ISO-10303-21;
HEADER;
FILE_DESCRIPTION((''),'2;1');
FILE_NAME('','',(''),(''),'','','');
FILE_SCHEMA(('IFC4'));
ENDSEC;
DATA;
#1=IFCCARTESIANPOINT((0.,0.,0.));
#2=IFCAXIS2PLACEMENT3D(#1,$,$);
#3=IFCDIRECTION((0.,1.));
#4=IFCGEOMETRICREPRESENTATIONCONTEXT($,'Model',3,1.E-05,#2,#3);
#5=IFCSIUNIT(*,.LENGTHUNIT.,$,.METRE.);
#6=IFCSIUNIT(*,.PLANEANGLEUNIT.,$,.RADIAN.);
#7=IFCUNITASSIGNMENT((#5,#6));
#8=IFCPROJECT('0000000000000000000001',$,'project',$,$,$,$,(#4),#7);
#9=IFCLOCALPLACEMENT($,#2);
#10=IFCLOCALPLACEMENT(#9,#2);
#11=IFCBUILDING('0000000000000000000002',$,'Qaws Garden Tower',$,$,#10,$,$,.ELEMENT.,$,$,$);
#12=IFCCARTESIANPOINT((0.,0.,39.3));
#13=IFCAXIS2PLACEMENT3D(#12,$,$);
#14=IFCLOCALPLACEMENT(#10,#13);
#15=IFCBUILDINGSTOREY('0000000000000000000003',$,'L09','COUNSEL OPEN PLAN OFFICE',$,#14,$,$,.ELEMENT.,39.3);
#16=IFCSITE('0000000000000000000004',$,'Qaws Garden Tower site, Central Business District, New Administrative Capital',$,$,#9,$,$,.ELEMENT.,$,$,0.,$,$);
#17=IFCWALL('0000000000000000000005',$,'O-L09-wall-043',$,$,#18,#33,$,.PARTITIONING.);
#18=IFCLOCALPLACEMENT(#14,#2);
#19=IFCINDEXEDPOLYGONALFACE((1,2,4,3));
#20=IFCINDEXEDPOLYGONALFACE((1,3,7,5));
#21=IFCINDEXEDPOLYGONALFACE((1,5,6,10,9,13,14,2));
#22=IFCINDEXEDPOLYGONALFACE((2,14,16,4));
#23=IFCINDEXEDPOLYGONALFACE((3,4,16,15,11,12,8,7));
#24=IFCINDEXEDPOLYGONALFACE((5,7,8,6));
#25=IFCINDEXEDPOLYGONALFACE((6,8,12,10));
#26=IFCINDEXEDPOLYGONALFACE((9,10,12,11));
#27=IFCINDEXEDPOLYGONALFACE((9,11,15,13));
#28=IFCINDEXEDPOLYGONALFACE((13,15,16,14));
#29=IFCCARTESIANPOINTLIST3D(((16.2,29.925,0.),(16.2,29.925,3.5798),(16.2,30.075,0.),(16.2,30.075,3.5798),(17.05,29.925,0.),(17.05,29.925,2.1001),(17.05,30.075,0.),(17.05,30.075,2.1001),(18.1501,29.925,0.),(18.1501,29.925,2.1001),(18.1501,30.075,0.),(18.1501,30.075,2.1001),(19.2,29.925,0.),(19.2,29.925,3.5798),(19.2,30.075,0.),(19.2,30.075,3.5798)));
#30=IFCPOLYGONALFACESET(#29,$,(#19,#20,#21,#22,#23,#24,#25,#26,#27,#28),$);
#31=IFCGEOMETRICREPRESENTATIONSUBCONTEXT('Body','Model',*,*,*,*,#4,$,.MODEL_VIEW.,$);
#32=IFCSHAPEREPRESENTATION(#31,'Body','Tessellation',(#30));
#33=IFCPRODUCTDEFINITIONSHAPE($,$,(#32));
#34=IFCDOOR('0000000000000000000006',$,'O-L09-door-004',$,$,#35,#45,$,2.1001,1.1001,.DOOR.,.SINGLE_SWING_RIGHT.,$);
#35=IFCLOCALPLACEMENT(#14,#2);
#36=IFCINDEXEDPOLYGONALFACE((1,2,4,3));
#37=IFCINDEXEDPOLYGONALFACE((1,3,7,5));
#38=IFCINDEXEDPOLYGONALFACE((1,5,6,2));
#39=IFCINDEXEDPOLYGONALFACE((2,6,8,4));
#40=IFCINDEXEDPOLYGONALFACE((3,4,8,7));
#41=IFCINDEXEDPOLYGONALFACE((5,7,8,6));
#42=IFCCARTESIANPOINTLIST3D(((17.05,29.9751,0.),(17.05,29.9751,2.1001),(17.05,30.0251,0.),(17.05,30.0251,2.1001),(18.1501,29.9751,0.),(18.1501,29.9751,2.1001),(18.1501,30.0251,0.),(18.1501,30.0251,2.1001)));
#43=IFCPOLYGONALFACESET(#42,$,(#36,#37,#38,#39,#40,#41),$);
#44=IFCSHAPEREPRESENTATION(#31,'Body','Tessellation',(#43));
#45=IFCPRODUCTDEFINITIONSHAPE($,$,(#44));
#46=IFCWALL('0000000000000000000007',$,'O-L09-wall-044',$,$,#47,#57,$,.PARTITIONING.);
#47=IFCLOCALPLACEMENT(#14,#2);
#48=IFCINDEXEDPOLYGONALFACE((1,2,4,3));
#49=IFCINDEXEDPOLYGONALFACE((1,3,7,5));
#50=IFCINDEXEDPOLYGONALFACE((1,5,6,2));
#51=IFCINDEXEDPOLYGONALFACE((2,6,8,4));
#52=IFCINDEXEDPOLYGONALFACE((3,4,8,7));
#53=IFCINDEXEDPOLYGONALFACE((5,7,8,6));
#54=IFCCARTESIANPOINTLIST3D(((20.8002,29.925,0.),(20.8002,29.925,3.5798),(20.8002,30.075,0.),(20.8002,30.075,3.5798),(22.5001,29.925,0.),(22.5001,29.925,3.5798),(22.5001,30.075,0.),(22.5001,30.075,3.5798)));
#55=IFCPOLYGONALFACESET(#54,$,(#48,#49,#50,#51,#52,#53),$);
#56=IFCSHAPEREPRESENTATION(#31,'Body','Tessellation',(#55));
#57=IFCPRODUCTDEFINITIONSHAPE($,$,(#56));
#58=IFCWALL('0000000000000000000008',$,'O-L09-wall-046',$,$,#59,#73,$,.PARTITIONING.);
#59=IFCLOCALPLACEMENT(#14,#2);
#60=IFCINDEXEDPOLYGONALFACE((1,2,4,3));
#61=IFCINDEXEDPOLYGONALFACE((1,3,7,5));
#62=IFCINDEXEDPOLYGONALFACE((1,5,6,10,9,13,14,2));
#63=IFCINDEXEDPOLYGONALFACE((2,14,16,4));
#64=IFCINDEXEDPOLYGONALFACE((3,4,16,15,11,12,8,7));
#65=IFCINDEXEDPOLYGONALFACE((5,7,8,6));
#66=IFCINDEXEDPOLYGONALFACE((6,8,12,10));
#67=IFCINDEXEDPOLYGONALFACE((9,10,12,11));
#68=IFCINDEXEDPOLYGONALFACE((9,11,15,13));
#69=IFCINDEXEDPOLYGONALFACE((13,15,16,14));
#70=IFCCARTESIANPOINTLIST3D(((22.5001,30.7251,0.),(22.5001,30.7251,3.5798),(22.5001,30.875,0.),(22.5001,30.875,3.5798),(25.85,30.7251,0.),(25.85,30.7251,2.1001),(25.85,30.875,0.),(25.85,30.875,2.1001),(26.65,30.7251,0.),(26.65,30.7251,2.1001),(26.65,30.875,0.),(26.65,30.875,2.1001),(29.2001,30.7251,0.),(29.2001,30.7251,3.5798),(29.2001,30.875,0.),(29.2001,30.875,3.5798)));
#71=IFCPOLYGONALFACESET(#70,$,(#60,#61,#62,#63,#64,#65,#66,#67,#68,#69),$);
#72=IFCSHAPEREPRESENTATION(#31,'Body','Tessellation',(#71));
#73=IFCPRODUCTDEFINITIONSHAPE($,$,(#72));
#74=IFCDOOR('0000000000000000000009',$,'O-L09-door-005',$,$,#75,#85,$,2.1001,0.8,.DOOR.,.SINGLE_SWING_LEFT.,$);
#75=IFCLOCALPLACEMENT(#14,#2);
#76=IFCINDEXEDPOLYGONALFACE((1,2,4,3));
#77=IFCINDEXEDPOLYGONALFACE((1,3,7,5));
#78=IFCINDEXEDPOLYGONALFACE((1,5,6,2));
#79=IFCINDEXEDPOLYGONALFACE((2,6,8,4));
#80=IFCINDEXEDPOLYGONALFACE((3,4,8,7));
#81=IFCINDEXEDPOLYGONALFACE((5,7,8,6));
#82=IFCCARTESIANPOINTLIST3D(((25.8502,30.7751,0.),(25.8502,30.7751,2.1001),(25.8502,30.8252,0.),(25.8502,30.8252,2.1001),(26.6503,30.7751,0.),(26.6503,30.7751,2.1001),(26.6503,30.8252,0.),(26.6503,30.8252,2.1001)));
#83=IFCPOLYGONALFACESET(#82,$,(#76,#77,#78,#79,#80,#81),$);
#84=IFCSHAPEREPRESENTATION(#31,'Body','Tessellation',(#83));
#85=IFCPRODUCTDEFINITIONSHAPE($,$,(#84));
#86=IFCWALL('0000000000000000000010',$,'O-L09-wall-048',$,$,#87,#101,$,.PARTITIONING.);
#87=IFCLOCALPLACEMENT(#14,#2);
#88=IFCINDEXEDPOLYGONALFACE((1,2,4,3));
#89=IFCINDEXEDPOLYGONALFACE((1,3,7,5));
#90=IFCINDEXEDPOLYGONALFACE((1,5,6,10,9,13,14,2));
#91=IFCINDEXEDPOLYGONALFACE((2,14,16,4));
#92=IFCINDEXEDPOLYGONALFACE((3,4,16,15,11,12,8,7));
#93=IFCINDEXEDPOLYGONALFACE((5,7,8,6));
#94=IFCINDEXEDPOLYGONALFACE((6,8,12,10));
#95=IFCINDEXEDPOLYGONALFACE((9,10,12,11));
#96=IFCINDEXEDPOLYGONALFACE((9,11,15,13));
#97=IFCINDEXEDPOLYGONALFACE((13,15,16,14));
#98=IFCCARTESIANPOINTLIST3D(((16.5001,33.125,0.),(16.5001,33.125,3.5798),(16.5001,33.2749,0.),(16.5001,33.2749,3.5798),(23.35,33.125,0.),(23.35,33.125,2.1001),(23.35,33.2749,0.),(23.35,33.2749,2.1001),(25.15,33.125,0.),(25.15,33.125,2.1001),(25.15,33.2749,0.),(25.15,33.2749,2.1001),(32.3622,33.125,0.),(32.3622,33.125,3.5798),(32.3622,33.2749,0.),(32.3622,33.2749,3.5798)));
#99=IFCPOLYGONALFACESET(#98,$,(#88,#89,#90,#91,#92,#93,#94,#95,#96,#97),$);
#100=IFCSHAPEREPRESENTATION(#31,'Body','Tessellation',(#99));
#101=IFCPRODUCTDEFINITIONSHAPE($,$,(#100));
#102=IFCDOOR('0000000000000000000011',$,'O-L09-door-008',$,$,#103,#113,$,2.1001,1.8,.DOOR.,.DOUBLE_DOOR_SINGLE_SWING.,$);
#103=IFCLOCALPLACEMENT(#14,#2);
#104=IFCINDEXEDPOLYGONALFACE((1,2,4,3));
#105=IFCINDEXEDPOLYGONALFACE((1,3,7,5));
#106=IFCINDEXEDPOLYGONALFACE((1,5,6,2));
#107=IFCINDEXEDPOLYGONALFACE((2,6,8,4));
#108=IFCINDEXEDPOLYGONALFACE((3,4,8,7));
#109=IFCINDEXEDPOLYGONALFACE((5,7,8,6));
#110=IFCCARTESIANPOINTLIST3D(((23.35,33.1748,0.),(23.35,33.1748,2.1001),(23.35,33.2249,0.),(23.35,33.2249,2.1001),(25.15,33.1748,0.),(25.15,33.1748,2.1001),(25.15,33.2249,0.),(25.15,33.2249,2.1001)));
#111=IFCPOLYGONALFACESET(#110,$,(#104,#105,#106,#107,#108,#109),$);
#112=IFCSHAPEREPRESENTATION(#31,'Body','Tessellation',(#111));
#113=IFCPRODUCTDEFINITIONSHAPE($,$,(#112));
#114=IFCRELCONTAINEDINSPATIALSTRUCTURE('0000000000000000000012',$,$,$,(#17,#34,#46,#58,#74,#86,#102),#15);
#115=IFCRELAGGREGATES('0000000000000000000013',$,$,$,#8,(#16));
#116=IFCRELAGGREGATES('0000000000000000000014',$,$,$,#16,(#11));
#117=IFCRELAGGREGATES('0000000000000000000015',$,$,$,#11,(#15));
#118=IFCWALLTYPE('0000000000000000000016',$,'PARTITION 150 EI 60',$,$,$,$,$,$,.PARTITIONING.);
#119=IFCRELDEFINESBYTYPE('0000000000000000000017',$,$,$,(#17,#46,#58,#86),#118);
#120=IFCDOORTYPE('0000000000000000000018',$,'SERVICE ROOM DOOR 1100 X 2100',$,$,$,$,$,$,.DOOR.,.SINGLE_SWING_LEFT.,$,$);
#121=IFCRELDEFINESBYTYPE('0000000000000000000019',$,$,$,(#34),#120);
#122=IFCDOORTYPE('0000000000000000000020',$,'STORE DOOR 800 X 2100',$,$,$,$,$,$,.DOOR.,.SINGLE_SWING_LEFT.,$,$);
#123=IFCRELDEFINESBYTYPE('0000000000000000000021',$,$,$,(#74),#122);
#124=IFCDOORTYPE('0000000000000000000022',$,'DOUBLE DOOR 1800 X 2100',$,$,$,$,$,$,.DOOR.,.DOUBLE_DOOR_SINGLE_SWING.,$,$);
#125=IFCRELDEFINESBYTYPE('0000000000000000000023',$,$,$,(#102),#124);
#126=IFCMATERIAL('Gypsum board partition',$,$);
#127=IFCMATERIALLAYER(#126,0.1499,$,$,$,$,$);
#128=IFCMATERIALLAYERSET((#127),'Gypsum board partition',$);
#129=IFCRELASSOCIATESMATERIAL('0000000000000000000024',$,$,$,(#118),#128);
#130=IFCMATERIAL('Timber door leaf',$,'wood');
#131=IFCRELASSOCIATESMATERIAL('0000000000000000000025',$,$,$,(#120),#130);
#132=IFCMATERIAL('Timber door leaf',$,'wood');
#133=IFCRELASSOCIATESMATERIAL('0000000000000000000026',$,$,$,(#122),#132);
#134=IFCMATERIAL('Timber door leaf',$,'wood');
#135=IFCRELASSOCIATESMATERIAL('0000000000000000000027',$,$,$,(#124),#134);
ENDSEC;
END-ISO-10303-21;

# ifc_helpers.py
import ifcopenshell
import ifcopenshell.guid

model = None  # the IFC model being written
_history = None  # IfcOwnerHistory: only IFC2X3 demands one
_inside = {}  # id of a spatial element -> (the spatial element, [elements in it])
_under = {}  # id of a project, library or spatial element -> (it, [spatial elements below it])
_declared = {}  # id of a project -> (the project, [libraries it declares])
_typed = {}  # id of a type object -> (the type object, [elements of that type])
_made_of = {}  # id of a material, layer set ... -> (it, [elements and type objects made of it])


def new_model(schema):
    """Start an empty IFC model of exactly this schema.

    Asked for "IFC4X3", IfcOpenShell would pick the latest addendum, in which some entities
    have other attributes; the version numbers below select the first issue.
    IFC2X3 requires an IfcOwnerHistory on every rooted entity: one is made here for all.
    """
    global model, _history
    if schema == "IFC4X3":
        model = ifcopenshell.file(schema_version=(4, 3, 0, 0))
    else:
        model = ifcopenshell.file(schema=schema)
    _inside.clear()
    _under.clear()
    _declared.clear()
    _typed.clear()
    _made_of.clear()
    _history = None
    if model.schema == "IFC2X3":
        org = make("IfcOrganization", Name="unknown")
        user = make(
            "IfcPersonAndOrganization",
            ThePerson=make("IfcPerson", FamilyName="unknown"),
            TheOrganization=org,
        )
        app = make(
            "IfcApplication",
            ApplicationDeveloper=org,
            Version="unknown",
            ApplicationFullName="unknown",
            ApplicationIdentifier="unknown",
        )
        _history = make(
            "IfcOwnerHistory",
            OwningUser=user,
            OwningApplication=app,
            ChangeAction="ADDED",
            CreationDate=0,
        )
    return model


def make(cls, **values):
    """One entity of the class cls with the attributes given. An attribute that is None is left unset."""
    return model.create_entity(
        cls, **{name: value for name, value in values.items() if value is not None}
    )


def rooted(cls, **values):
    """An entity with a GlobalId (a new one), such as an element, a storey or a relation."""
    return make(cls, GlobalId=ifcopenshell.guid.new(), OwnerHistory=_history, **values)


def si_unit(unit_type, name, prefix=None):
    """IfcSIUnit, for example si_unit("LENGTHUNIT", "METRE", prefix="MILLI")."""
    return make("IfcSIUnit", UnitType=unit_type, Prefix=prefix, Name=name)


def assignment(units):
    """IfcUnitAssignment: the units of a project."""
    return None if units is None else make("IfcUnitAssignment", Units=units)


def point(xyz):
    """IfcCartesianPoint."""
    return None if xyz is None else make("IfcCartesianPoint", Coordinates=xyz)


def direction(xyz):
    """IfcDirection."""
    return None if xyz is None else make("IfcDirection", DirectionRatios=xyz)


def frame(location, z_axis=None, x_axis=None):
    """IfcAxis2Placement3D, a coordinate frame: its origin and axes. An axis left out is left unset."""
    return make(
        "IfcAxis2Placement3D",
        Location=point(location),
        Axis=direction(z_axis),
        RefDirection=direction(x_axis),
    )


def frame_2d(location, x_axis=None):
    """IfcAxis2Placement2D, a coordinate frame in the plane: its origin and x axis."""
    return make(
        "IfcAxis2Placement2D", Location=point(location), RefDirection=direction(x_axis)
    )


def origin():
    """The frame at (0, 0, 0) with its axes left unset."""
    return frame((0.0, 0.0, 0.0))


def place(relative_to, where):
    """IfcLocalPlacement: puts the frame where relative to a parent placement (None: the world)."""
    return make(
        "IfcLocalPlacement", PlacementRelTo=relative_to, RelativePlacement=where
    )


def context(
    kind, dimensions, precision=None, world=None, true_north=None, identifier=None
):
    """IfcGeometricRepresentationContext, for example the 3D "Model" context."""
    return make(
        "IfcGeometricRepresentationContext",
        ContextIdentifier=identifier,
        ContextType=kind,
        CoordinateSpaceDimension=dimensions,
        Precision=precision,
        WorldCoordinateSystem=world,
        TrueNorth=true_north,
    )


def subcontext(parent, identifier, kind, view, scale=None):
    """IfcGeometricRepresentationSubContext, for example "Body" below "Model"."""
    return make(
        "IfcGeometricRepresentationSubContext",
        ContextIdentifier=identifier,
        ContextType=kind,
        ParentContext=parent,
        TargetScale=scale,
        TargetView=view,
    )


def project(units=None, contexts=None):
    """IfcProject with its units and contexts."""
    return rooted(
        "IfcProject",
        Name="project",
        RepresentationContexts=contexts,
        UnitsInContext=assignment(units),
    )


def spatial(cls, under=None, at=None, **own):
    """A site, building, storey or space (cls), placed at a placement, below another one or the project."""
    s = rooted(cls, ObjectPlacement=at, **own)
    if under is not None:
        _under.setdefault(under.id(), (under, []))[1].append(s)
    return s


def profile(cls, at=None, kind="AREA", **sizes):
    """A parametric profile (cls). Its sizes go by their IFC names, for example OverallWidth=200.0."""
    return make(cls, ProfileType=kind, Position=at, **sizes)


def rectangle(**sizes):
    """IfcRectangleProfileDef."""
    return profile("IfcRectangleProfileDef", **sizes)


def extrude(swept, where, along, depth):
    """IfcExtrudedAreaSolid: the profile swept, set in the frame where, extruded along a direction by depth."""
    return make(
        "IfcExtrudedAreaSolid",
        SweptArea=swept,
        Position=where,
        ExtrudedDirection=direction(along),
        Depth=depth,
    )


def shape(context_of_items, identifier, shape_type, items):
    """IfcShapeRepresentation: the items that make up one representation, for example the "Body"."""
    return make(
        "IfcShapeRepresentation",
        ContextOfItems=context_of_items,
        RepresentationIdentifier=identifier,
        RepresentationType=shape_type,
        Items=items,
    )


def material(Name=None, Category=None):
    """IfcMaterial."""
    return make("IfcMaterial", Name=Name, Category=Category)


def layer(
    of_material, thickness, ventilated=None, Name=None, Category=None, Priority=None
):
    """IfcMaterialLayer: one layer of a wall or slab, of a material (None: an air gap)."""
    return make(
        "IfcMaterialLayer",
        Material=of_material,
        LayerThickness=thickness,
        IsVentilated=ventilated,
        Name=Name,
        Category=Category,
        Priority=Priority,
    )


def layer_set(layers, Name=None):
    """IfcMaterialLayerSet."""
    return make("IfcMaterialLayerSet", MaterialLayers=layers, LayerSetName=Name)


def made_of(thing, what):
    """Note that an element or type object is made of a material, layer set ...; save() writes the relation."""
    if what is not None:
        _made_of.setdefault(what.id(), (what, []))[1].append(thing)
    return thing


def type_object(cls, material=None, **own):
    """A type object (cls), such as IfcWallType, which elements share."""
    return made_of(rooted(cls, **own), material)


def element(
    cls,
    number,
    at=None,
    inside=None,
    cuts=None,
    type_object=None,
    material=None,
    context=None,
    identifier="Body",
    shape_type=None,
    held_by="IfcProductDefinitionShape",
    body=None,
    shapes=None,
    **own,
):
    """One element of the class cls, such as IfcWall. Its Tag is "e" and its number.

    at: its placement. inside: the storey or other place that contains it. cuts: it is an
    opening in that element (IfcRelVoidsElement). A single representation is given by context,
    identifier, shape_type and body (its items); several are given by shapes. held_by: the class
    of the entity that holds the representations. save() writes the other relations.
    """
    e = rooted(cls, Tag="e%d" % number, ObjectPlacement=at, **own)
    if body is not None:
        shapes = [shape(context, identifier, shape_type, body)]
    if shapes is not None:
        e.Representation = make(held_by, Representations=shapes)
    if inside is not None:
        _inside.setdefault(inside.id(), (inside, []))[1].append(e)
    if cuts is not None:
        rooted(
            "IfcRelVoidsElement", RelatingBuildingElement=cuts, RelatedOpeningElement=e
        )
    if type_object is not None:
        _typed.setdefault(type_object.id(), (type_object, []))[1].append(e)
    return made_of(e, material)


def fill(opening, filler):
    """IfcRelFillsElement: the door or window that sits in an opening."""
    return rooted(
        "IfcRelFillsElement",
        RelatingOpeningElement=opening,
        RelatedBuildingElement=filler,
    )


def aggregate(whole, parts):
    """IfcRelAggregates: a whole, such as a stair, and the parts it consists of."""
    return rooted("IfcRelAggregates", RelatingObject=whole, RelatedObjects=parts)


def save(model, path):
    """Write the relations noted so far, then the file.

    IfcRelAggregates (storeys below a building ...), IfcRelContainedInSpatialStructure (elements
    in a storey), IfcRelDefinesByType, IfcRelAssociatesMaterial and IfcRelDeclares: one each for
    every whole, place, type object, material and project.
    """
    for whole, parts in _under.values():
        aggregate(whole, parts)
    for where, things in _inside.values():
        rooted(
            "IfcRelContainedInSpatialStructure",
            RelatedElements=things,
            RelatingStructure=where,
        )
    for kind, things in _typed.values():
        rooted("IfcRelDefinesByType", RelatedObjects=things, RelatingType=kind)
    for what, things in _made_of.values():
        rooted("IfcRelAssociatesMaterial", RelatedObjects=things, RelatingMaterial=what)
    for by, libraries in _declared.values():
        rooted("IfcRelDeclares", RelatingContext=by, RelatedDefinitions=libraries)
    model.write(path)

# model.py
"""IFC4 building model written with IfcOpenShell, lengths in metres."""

from ifc_helpers import new_model, si_unit, direction, frame, frame_2d, origin, place, context, subcontext, project, spatial, rectangle, extrude, material, layer, layer_set, type_object, element, fill, save


model = new_model("IFC4")

# Units and contexts
model_context = context("Model", 3, precision=1e-05, world=origin(), true_north=direction((0.0, 1.0)))
body_context = subcontext(model_context, "Body", "Model", "MODEL_VIEW")
ifc_project = project(units=[si_unit("LENGTHUNIT", "METRE"), si_unit("PLANEANGLEUNIT", "RADIAN")], contexts=[model_context])

# Site, building, storey
site_placement = place(None, origin())
site = spatial("IfcSite", under=ifc_project, at=site_placement, Name="Qaws Garden Tower site, Central Business District, New Administrative Capital", CompositionType="ELEMENT", RefElevation=0.0)
building_placement = place(site_placement, origin())
building = spatial("IfcBuilding", under=site, at=building_placement, Name="Qaws Garden Tower", CompositionType="ELEMENT")
storey_placement = place(building_placement, frame((0.0, 0.0, 39.3)))
storey = spatial("IfcBuildingStorey", under=building, at=storey_placement, Name="L09", Description="COUNSEL OPEN PLAN OFFICE", CompositionType="ELEMENT", Elevation=39.3)

# Shared definitions
ifc_material_1 = material(Name="Gypsum board partition")
ifc_layer_1 = layer(ifc_material_1, 0.1499)
ifc_layer_set_1 = layer_set([ifc_layer_1], Name="Gypsum board partition")
wall_type_1 = type_object("IfcWallType", Name="PARTITION 150 EI 60", PredefinedType="PARTITIONING", material=ifc_layer_set_1)

# Wall, opening, door
wall_1_placement = place(storey_placement, frame((16.2, 30.0, 0.0), z_axis=(0.0, 0.0, 1.0), x_axis=(1.0, 0.0, 0.0)))
wall_1 = element("IfcWall", 1, at=wall_1_placement, inside=storey, type_object=wall_type_1, Name="O-L09-wall-043", PredefinedType="PARTITIONING", context=body_context, shape_type="SweptSolid", body=[
    extrude(rectangle(XDim=3.0, YDim=0.1499, at=frame_2d((1.5, 0.0))), origin(), (0.0, 0.0, 1.0), 3.5798),
])
opening_1_placement = place(wall_1_placement, frame((0.8501, 0.0, 0.0)))
opening_1 = element("IfcOpeningElement", 2, at=opening_1_placement, cuts=wall_1, PredefinedType="OPENING", context=body_context, shape_type="SweptSolid", body=[
    extrude(rectangle(XDim=1.1001, YDim=2.1001, at=frame_2d((0.55, 1.05))), frame((0.0, 0.085, 0.0), z_axis=(0.0, -1.0, 0.0), x_axis=(1.0, 0.0, 0.0)), (0.0, 0.0, 1.0), 0.1699),
])
ifc_material_2 = material(Name="Timber door leaf", Category="wood")
door_type_1 = type_object("IfcDoorType", Name="SERVICE ROOM DOOR 1100 X 2100", OperationType="SINGLE_SWING_LEFT", PredefinedType="DOOR", material=ifc_material_2)
door_1_placement = place(opening_1_placement, frame((1.1001, 0.0, 0.0), z_axis=(0.0, 0.0, 1.0), x_axis=(-1.0, 0.0, 0.0)))
door_1 = element("IfcDoor", 3, at=door_1_placement, inside=storey, type_object=door_type_1, Name="O-L09-door-004", OperationType="SINGLE_SWING_RIGHT", OverallHeight=2.1001, OverallWidth=1.1001, PredefinedType="DOOR", context=body_context, shape_type="SweptSolid", body=[
    extrude(rectangle(XDim=1.1001, YDim=2.1001, at=frame_2d((0.55, 1.05))), frame((0.0, 0.0249, 0.0), z_axis=(0.0, -1.0, 0.0), x_axis=(1.0, 0.0, 0.0)), (0.0, 0.0, 1.0), 0.05),
])
fill(opening_1, door_1)

# Wall
wall_2_placement = place(storey_placement, frame((20.8, 30.0, 0.0), z_axis=(0.0, 0.0, 1.0), x_axis=(1.0, 0.0, 0.0)))
element("IfcWall", 4, at=wall_2_placement, inside=storey, type_object=wall_type_1, Name="O-L09-wall-044", PredefinedType="PARTITIONING", context=body_context, shape_type="SweptSolid", body=[
    extrude(rectangle(XDim=1.7, YDim=0.1499, at=frame_2d((0.8501, 0.0))), origin(), (0.0, 0.0, 1.0), 3.5798),
])

# Walls, openings, doors
wall_3_placement = place(storey_placement, frame((22.5, 30.8, 0.0), z_axis=(0.0, 0.0, 1.0), x_axis=(1.0, 0.0, 0.0)))
wall_3 = element("IfcWall", 5, at=wall_3_placement, inside=storey, type_object=wall_type_1, Name="O-L09-wall-046", PredefinedType="PARTITIONING", context=body_context, shape_type="SweptSolid", body=[
    extrude(rectangle(XDim=6.7, YDim=0.1499, at=frame_2d((3.3501, 0.0))), origin(), (0.0, 0.0, 1.0), 3.5798),
])
opening_2_placement = place(wall_3_placement, frame((3.3501, 0.0, 0.0)))
opening_2 = element("IfcOpeningElement", 6, at=opening_2_placement, cuts=wall_3, PredefinedType="OPENING", context=body_context, shape_type="SweptSolid", body=[
    extrude(rectangle(XDim=0.8, YDim=2.1001, at=frame_2d((0.3999, 1.05))), frame((0.0, 0.085, 0.0), z_axis=(0.0, -1.0, 0.0), x_axis=(1.0, 0.0, 0.0)), (0.0, 0.0, 1.0), 0.1699),
])
ifc_material_3 = material(Name="Timber door leaf", Category="wood")
door_type_2 = type_object("IfcDoorType", Name="STORE DOOR 800 X 2100", OperationType="SINGLE_SWING_LEFT", PredefinedType="DOOR", material=ifc_material_3)
door_2_placement = place(opening_2_placement, frame((0.8, 0.0, 0.0), z_axis=(0.0, 0.0, 1.0), x_axis=(-1.0, 0.0, 0.0)))
door_2 = element("IfcDoor", 7, at=door_2_placement, inside=storey, type_object=door_type_2, Name="O-L09-door-005", OperationType="SINGLE_SWING_LEFT", OverallHeight=2.1001, OverallWidth=0.8, PredefinedType="DOOR", context=body_context, shape_type="SweptSolid", body=[
    extrude(rectangle(XDim=0.8, YDim=2.1001, at=frame_2d((0.3999, 1.05))), frame((0.0, 0.0249, 0.0), z_axis=(0.0, -1.0, 0.0), x_axis=(1.0, 0.0, 0.0)), (0.0, 0.0, 1.0), 0.05),
])
fill(opening_2, door_2)
wall_4_placement = place(storey_placement, frame((16.5, 33.2, 0.0), z_axis=(0.0, 0.0, 1.0), x_axis=(1.0, 0.0, 0.0)))
wall_4 = element("IfcWall", 8, at=wall_4_placement, inside=storey, type_object=wall_type_1, Name="O-L09-wall-048", PredefinedType="PARTITIONING", context=body_context, shape_type="SweptSolid", body=[
    extrude(rectangle(XDim=15.8621, YDim=0.1499, at=frame_2d((7.9312, 0.0))), origin(), (0.0, 0.0, 1.0), 3.5798),
])
opening_3_placement = place(wall_4_placement, frame((6.8501, 0.0, 0.0)))
opening_3 = element("IfcOpeningElement", 9, at=opening_3_placement, cuts=wall_4, PredefinedType="OPENING", context=body_context, shape_type="SweptSolid", body=[
    extrude(rectangle(XDim=1.8, YDim=2.1001, at=frame_2d((0.8999, 1.05))), frame((0.0, 0.085, 0.0), z_axis=(0.0, -1.0, 0.0), x_axis=(1.0, 0.0, 0.0)), (0.0, 0.0, 1.0), 0.1699),
])
ifc_material_4 = material(Name="Timber door leaf", Category="wood")
door_type_3 = type_object("IfcDoorType", Name="DOUBLE DOOR 1800 X 2100", OperationType="DOUBLE_DOOR_SINGLE_SWING", PredefinedType="DOOR", material=ifc_material_4)
door_3_placement = place(opening_3_placement, origin())
door_3 = element("IfcDoor", 10, at=door_3_placement, inside=storey, type_object=door_type_3, Name="O-L09-door-008", OperationType="DOUBLE_DOOR_SINGLE_SWING", OverallHeight=2.1001, OverallWidth=1.8, PredefinedType="DOOR", context=body_context, shape_type="SweptSolid", body=[
    extrude(rectangle(XDim=1.8, YDim=2.1001, at=frame_2d((0.8999, 1.05))), frame((0.0, 0.0249, 0.0), z_axis=(0.0, -1.0, 0.0), x_axis=(1.0, 0.0, 0.0)), (0.0, 0.0, 1.0), 0.05),
])
fill(opening_3, door_3)

save(model, "model.ifc")
